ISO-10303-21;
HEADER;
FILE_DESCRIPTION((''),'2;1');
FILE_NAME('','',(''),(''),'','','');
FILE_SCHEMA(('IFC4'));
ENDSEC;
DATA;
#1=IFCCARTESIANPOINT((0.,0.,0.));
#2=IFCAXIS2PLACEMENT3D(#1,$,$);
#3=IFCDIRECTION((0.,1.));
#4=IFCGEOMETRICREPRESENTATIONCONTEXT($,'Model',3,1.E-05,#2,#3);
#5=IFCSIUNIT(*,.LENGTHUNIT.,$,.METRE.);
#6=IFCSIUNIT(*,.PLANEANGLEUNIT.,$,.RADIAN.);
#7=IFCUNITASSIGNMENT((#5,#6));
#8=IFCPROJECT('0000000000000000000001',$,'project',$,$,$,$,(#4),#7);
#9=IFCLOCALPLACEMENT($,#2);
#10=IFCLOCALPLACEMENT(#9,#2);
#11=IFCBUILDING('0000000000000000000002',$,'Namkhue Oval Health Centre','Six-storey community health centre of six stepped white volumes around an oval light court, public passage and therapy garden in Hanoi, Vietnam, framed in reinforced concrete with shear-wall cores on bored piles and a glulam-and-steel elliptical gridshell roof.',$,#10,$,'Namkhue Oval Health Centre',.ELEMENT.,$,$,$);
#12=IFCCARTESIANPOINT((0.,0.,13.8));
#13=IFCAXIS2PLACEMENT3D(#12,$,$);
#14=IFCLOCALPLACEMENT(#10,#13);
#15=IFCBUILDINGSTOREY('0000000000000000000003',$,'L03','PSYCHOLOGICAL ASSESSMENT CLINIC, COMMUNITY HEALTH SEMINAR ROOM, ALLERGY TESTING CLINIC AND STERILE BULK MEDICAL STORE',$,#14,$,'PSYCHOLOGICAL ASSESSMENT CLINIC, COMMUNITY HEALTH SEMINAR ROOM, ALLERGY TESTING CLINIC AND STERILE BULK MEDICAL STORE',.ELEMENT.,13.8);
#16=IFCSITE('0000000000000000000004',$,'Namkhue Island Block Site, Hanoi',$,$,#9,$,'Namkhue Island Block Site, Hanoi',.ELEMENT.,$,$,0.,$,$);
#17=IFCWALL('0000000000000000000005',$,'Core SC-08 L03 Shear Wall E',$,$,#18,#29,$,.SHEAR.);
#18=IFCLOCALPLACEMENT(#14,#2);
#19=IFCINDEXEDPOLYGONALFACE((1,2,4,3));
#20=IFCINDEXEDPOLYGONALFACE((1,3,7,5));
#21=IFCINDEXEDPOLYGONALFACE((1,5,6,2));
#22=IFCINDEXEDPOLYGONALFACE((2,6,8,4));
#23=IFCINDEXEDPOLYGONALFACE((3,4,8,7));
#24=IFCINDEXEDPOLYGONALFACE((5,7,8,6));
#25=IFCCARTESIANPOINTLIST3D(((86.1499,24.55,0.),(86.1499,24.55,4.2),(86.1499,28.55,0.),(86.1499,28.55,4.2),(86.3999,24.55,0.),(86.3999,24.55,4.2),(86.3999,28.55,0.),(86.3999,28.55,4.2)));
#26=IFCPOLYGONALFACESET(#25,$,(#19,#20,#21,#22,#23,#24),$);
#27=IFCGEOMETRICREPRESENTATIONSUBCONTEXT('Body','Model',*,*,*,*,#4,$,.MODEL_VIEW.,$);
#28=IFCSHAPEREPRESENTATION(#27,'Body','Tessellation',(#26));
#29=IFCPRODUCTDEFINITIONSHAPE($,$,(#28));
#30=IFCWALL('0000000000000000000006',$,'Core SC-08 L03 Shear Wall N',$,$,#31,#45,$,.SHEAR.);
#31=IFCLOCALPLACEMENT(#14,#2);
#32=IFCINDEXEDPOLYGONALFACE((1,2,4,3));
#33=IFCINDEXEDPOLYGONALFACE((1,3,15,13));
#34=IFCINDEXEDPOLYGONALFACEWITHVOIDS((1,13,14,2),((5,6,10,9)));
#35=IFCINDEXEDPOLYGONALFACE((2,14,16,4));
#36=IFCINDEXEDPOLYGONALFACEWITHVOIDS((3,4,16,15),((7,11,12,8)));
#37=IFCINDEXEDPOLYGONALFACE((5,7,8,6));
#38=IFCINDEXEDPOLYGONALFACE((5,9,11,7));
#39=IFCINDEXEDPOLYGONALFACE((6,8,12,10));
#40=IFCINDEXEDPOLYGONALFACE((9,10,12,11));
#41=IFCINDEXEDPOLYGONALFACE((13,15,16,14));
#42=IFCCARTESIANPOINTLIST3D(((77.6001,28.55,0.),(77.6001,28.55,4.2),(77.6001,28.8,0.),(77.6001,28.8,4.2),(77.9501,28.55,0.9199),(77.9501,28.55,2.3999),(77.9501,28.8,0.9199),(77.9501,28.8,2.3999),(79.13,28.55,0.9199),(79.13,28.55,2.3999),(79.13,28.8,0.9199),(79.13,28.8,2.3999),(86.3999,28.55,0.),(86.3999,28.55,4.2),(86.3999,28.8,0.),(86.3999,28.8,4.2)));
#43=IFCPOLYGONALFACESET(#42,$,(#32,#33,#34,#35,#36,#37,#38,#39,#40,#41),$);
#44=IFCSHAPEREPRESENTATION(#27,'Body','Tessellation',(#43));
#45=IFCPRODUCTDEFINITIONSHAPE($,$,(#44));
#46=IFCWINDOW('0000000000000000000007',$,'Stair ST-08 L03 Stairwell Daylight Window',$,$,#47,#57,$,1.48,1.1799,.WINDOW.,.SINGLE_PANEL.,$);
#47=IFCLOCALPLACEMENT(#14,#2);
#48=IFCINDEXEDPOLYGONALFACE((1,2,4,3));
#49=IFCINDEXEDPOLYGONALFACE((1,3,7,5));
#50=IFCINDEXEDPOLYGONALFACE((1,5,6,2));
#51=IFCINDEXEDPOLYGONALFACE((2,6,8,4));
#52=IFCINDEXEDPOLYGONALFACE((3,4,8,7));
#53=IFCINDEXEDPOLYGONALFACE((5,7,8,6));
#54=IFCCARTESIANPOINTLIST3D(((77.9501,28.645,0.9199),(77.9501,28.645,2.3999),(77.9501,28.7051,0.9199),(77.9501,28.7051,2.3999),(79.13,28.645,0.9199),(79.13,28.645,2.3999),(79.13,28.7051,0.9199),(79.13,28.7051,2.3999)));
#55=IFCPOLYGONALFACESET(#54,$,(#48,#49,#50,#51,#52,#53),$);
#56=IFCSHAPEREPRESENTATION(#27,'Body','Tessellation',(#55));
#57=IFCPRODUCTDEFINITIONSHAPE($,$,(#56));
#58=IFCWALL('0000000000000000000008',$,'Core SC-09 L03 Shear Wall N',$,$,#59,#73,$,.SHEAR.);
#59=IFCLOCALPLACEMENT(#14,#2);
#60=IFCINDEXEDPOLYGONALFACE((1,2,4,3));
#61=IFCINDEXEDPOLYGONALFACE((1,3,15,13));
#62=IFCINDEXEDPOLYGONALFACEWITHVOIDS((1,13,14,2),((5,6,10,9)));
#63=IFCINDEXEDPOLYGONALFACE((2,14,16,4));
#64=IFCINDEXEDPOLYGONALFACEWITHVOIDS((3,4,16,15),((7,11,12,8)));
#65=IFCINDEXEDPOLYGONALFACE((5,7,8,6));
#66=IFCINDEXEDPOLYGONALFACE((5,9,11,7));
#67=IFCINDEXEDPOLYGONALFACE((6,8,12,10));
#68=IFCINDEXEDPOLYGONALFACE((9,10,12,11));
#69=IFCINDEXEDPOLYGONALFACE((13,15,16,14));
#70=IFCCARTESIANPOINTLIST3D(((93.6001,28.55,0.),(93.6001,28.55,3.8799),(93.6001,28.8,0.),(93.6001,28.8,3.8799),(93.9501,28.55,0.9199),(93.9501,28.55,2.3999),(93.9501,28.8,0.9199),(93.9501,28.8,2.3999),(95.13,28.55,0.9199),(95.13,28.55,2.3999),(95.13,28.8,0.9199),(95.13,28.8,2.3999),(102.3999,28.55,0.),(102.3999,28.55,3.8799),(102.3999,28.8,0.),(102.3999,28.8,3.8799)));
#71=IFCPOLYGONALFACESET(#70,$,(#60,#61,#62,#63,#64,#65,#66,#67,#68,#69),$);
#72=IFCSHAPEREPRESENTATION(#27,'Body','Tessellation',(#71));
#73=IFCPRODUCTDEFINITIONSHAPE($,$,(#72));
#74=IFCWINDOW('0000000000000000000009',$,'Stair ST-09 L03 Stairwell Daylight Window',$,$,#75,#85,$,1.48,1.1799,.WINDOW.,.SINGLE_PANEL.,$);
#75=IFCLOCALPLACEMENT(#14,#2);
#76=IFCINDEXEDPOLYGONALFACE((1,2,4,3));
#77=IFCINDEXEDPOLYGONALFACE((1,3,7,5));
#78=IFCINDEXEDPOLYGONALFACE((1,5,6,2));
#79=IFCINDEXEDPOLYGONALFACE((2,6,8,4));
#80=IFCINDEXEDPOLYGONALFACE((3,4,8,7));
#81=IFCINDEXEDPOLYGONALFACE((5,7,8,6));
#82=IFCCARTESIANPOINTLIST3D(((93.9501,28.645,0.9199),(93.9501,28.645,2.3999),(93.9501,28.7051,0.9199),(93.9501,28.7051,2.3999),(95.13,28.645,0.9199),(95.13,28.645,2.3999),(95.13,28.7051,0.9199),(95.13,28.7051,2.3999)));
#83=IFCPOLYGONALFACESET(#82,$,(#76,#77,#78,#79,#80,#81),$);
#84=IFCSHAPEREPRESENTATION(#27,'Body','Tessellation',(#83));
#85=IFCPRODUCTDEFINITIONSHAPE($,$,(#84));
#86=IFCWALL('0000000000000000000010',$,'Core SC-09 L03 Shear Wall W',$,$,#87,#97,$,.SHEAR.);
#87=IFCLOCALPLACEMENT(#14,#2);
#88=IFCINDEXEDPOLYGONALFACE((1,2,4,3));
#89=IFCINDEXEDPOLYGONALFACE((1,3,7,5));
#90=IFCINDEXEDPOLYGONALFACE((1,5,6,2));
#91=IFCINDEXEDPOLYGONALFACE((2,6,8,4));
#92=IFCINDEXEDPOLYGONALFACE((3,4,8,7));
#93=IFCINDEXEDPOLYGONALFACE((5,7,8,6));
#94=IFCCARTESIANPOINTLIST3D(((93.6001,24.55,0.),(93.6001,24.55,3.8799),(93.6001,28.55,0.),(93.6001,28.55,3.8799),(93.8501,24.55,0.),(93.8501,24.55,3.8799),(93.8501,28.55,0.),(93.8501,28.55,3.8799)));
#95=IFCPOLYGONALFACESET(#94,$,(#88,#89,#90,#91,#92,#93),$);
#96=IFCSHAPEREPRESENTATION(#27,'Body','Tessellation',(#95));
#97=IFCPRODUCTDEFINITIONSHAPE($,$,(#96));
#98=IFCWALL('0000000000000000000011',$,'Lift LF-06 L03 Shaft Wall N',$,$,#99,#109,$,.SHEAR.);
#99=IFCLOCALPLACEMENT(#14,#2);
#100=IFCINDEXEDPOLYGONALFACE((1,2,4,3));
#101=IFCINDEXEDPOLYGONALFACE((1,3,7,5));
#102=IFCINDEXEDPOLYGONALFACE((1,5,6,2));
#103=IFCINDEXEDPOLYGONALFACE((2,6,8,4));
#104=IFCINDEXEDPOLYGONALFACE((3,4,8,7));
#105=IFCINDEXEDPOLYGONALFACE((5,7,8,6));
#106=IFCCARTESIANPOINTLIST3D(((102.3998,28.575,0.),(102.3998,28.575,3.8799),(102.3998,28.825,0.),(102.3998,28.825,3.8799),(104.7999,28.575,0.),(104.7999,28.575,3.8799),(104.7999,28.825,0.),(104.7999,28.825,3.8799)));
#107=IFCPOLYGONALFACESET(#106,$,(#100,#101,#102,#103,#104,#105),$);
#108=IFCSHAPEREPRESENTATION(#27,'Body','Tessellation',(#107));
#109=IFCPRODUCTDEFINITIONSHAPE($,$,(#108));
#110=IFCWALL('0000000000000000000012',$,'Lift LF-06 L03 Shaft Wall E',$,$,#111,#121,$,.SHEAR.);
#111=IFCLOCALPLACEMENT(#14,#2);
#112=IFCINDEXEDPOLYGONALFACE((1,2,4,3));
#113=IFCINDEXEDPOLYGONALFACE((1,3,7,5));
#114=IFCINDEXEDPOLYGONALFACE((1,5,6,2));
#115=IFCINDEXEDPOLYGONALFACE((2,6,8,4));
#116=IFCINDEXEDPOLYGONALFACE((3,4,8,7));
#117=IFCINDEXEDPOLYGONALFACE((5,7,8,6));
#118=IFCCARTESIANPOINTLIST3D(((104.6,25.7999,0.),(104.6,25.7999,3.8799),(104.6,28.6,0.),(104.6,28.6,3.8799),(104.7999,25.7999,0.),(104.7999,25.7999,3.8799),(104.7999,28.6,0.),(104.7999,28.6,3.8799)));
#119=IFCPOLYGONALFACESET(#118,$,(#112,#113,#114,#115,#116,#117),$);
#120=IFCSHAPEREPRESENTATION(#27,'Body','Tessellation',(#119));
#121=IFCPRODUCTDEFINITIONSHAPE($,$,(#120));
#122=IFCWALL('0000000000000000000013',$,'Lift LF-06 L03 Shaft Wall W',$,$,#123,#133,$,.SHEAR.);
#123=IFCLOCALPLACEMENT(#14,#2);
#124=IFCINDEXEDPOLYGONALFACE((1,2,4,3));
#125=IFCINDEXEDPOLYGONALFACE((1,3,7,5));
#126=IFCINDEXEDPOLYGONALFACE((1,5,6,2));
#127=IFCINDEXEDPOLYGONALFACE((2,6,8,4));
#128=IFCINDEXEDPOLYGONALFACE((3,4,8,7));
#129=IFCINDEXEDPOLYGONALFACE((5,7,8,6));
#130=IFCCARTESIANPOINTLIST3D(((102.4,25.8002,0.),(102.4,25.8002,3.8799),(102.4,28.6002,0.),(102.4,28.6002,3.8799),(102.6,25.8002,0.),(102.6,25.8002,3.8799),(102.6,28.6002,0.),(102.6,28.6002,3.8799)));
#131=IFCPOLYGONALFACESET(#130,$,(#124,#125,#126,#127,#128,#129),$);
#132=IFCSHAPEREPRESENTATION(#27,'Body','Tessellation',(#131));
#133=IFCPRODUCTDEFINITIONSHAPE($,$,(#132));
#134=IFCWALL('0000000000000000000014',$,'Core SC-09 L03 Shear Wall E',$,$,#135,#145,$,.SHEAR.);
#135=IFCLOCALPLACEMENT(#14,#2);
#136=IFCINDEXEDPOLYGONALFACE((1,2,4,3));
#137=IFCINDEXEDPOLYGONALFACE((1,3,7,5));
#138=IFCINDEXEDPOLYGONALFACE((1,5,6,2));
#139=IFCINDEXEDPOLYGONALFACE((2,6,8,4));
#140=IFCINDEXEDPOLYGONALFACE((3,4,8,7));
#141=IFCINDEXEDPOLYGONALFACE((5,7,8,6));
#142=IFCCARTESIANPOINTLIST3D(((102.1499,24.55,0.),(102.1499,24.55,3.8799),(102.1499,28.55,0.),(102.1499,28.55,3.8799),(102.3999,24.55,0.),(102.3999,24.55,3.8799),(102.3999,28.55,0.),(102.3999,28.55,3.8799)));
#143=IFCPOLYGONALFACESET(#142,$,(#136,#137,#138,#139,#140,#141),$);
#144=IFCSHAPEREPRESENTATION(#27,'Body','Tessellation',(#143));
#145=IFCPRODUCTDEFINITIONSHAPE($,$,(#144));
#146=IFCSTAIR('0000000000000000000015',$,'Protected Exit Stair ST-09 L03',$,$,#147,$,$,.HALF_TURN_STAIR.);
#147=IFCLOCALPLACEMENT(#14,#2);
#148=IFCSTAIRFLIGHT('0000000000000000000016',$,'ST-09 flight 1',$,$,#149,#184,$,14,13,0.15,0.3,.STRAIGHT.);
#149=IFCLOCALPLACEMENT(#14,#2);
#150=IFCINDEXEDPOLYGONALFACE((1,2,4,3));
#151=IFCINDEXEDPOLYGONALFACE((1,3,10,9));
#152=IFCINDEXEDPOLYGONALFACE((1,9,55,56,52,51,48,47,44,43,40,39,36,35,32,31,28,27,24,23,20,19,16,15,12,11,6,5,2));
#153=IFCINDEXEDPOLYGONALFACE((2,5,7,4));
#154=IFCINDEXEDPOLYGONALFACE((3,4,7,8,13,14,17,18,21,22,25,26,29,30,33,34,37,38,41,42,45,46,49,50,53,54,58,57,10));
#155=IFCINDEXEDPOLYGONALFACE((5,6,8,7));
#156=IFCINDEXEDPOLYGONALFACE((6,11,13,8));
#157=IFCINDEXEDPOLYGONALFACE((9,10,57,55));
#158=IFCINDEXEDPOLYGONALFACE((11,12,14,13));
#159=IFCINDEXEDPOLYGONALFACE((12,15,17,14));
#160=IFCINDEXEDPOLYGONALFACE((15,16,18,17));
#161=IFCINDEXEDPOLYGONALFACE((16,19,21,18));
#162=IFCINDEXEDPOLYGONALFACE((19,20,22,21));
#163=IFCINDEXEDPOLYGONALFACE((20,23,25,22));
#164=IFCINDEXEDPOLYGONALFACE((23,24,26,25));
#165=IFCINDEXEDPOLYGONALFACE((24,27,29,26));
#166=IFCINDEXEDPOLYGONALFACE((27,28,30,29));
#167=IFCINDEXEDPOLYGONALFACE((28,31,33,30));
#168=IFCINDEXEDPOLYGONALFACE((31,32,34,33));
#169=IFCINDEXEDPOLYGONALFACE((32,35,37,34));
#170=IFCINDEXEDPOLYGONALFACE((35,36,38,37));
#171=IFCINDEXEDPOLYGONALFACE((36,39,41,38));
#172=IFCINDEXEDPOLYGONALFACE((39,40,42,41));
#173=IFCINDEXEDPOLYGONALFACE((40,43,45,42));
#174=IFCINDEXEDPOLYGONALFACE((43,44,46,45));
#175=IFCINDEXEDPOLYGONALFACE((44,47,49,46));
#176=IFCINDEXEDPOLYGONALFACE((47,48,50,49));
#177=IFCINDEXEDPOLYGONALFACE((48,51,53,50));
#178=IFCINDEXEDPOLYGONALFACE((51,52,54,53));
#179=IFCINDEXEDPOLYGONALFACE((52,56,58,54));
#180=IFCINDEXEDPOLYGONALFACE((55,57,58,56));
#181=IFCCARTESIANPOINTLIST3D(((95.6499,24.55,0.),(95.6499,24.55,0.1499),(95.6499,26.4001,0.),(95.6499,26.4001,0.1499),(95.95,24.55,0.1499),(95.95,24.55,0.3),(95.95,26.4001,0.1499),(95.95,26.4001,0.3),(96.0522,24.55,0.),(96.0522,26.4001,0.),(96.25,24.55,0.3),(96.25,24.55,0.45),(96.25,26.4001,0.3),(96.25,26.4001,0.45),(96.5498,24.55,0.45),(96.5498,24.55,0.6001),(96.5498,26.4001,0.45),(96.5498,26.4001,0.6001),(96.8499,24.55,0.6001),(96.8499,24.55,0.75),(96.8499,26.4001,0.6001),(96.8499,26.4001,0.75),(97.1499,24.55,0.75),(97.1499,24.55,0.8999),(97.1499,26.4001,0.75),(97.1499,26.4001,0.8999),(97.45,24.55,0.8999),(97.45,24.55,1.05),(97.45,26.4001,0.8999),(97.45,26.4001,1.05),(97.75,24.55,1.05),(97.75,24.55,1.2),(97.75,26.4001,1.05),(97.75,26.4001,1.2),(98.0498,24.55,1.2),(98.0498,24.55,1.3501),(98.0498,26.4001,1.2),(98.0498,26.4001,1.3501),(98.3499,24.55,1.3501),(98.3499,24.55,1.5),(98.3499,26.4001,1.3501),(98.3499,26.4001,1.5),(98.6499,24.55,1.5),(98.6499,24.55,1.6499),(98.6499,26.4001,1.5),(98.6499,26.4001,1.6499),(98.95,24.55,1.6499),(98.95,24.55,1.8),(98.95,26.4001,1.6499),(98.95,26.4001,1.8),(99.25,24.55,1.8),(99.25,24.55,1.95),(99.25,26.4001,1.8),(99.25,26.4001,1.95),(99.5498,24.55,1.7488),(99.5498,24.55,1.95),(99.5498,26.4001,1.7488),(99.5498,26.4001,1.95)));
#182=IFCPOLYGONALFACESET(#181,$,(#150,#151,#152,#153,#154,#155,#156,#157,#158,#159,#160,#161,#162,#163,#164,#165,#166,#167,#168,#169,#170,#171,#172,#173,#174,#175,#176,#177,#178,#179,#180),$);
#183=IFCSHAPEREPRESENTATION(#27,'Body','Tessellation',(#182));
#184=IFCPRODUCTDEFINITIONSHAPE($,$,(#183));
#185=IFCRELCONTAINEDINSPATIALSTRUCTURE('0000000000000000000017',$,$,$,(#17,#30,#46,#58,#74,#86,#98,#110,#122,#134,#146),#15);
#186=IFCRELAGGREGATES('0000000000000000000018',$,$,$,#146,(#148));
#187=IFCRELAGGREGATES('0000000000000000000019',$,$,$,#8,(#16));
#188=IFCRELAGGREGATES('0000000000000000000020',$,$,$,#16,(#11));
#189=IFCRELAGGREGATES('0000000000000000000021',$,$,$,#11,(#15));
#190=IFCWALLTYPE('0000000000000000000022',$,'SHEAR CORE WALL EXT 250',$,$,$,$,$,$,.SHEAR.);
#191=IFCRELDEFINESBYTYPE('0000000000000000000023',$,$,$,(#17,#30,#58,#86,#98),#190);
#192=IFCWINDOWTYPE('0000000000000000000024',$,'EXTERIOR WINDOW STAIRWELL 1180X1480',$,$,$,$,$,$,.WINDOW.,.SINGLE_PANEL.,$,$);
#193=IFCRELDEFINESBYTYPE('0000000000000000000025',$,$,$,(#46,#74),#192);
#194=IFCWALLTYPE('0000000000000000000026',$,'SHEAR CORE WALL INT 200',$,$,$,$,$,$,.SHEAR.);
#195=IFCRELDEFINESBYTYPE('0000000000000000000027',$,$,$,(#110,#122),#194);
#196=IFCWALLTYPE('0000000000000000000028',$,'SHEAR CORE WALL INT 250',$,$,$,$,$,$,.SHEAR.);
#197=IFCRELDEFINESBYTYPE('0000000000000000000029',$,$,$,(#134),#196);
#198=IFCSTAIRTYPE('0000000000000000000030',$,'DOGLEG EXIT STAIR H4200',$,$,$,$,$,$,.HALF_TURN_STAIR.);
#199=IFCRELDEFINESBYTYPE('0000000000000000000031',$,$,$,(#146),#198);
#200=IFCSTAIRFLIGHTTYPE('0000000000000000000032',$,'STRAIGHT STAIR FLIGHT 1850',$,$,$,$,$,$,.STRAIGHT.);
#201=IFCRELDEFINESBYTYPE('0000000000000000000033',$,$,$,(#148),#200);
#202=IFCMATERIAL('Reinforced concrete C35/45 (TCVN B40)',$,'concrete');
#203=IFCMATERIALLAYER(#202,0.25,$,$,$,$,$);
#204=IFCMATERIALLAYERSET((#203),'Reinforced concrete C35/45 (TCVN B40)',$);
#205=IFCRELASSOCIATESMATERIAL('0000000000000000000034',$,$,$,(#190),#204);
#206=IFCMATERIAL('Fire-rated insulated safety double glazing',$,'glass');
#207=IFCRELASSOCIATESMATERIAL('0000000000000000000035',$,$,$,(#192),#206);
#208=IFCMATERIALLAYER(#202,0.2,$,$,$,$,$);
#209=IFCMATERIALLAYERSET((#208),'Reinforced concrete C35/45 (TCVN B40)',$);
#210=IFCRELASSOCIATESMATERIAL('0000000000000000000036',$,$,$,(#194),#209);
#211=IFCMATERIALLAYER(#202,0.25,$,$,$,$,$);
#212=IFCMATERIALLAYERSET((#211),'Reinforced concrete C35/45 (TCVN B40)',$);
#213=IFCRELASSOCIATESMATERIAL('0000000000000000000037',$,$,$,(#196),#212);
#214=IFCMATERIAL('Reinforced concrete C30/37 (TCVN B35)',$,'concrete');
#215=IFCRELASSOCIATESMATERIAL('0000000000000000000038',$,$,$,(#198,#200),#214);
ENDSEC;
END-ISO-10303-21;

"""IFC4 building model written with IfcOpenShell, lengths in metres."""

from ifc_helpers import new_model, si_unit, direction, frame, frame_2d, origin, place, context, subcontext, project, spatial, polyline, rectangle, outline, extrude, material, layer, layer_set, type_object, element, fill, aggregate, save


model = new_model("IFC4")

# Units and contexts
model_context = context("Model", 3, precision=1e-05, world=origin(), true_north=direction((0.0, 1.0)))
body_context = subcontext(model_context, "Body", "Model", "MODEL_VIEW")
ifc_project = project(units=[si_unit("LENGTHUNIT", "METRE"), si_unit("PLANEANGLEUNIT", "RADIAN")], contexts=[model_context])

# Site, building, storey
site_placement = place(None, origin())
site = spatial("IfcSite", under=ifc_project, at=site_placement, Name="Namkhue Island Block Site, Hanoi", LongName="Namkhue Island Block Site, Hanoi", CompositionType="ELEMENT", RefElevation=0.0)
building_placement = place(site_placement, origin())
building = spatial("IfcBuilding", under=site, at=building_placement, Name="Namkhue Oval Health Centre", Description="Six-storey community health centre of six stepped white volumes around an oval light court, public passage and therapy garden in Hanoi, Vietnam, framed in reinforced concrete with shear-wall cores on bored piles and a glulam-and-steel elliptical gridshell roof.", LongName="Namkhue Oval Health Centre", CompositionType="ELEMENT")
storey_placement = place(building_placement, frame((0.0, 0.0, 13.8)))
storey = spatial("IfcBuildingStorey", under=building, at=storey_placement, Name="L03", Description="PSYCHOLOGICAL ASSESSMENT CLINIC, COMMUNITY HEALTH SEMINAR ROOM, ALLERGY TESTING CLINIC AND STERILE BULK MEDICAL STORE", LongName="PSYCHOLOGICAL ASSESSMENT CLINIC, COMMUNITY HEALTH SEMINAR ROOM, ALLERGY TESTING CLINIC AND STERILE BULK MEDICAL STORE", CompositionType="ELEMENT", Elevation=13.8)

# Wall
ifc_material_1 = material(Name="Reinforced concrete C35/45 (TCVN B40)", Category="concrete")
ifc_layer_1 = layer(ifc_material_1, 0.25)
ifc_layer_set_1 = layer_set([ifc_layer_1], Name="Reinforced concrete C35/45 (TCVN B40)")
wall_type_1 = type_object("IfcWallType", Name="SHEAR CORE WALL EXT 250", PredefinedType="SHEAR", material=ifc_layer_set_1)
wall_1_placement = place(storey_placement, frame((86.2749, 24.55, 0.0), z_axis=(0.0, 0.0, 1.0), x_axis=(0.0, 1.0, 0.0)))
element("IfcWall", 1, at=wall_1_placement, inside=storey, type_object=wall_type_1, Name="Core SC-08 L03 Shear Wall E", PredefinedType="SHEAR", context=body_context, shape_type="SweptSolid", body=[
    extrude(rectangle(XDim=4.0, YDim=0.25, at=frame_2d((2.0, 0.0))), origin(), (0.0, 0.0, 1.0), 4.2),
])

# Walls, openings, windows
wall_2_placement = place(storey_placement, frame((86.3999, 28.675, 0.0), z_axis=(0.0, 0.0, 1.0), x_axis=(-1.0, 0.0, 0.0)))
wall_2 = element("IfcWall", 2, at=wall_2_placement, inside=storey, type_object=wall_type_1, Name="Core SC-08 L03 Shear Wall N", PredefinedType="SHEAR", context=body_context, shape_type="SweptSolid", body=[
    extrude(rectangle(XDim=8.7998, YDim=0.25, at=frame_2d((4.3999, 0.0))), origin(), (0.0, 0.0, 1.0), 4.2),
])
opening_1_placement = place(wall_2_placement, frame((7.27, 0.0, 0.9199)))
opening_1 = element("IfcOpeningElement", 3, at=opening_1_placement, cuts=wall_2, PredefinedType="OPENING", context=body_context, shape_type="SweptSolid", body=[
    extrude(rectangle(XDim=1.1799, YDim=1.48, at=frame_2d((0.5898, 0.74))), frame((0.0, 0.135, 0.0), z_axis=(0.0, -1.0, 0.0), x_axis=(1.0, 0.0, 0.0)), (0.0, 0.0, 1.0), 0.27),
])
ifc_material_2 = material(Name="Fire-rated insulated safety double glazing", Category="glass")
window_type = type_object("IfcWindowType", Name="EXTERIOR WINDOW STAIRWELL 1180X1480", PartitioningType="SINGLE_PANEL", PredefinedType="WINDOW", material=ifc_material_2)
window_1_placement = place(opening_1_placement, origin())
window_1 = element("IfcWindow", 4, at=window_1_placement, inside=storey, type_object=window_type, Name="Stair ST-08 L03 Stairwell Daylight Window", OverallHeight=1.48, OverallWidth=1.1799, PartitioningType="SINGLE_PANEL", PredefinedType="WINDOW", context=body_context, shape_type="SweptSolid", body=[
    extrude(rectangle(XDim=1.1799, YDim=1.48, at=frame_2d((0.5898, 0.74))), frame((0.0, 0.03, 0.0), z_axis=(0.0, -1.0, 0.0), x_axis=(1.0, 0.0, 0.0)), (0.0, 0.0, 1.0), 0.0601),
])
fill(opening_1, window_1)
wall_3_placement = place(storey_placement, frame((102.3999, 28.675, 0.0), z_axis=(0.0, 0.0, 1.0), x_axis=(-1.0, 0.0, 0.0)))
wall_3 = element("IfcWall", 5, at=wall_3_placement, inside=storey, type_object=wall_type_1, Name="Core SC-09 L03 Shear Wall N", PredefinedType="SHEAR", context=body_context, shape_type="SweptSolid", body=[
    extrude(rectangle(XDim=8.7998, YDim=0.25, at=frame_2d((4.3999, 0.0))), origin(), (0.0, 0.0, 1.0), 3.8799),
])
opening_2_placement = place(wall_3_placement, frame((7.27, 0.0, 0.9199)))
opening_2 = element("IfcOpeningElement", 6, at=opening_2_placement, cuts=wall_3, PredefinedType="OPENING", context=body_context, shape_type="SweptSolid", body=[
    extrude(rectangle(XDim=1.1799, YDim=1.48, at=frame_2d((0.5898, 0.74))), frame((0.0, 0.135, 0.0), z_axis=(0.0, -1.0, 0.0), x_axis=(1.0, 0.0, 0.0)), (0.0, 0.0, 1.0), 0.27),
])
window_2_placement = place(opening_2_placement, origin())
window_2 = element("IfcWindow", 7, at=window_2_placement, inside=storey, type_object=window_type, Name="Stair ST-09 L03 Stairwell Daylight Window", OverallHeight=1.48, OverallWidth=1.1799, PartitioningType="SINGLE_PANEL", PredefinedType="WINDOW", context=body_context, shape_type="SweptSolid", body=[
    extrude(rectangle(XDim=1.1799, YDim=1.48, at=frame_2d((0.5898, 0.74))), frame((0.0, 0.03, 0.0), z_axis=(0.0, -1.0, 0.0), x_axis=(1.0, 0.0, 0.0)), (0.0, 0.0, 1.0), 0.0601),
])
fill(opening_2, window_2)

# Walls
wall_4_placement = place(storey_placement, frame((93.7251, 28.55, 0.0), z_axis=(0.0, 0.0, 1.0), x_axis=(0.0, -1.0, 0.0)))
element("IfcWall", 8, at=wall_4_placement, inside=storey, type_object=wall_type_1, Name="Core SC-09 L03 Shear Wall W", PredefinedType="SHEAR", context=body_context, shape_type="SweptSolid", body=[
    extrude(rectangle(XDim=4.0, YDim=0.25, at=frame_2d((2.0, 0.0))), origin(), (0.0, 0.0, 1.0), 3.8799),
])
wall_5_placement = place(storey_placement, frame((104.8, 28.7, 0.0), z_axis=(0.0, 0.0, 1.0), x_axis=(-1.0, 0.0, 0.0)))
element("IfcWall", 9, at=wall_5_placement, inside=storey, type_object=wall_type_1, Name="Lift LF-06 L03 Shaft Wall N", PredefinedType="SHEAR", context=body_context, shape_type="SweptSolid", body=[
    extrude(rectangle(XDim=2.4001, YDim=0.25, at=frame_2d((1.2002, 0.0))), origin(), (0.0, 0.0, 1.0), 3.8799),
])

# Shared definitions
ifc_layer_2 = layer(ifc_material_1, 0.2)
ifc_layer_set_2 = layer_set([ifc_layer_2], Name="Reinforced concrete C35/45 (TCVN B40)")
wall_type_2 = type_object("IfcWallType", Name="SHEAR CORE WALL INT 200", PredefinedType="SHEAR", material=ifc_layer_set_2)

# Walls
for number, where, z_axis, x_axis, name in (
    (10, (104.7, 25.8, 0.0), (0.0, 0.0, 1.0), (0.0, 1.0, 0.0), "Lift LF-06 L03 Shaft Wall E"),
    (11, (102.5, 28.6001, 0.0), (0.0, 0.0, 1.0), (0.0, -1.0, 0.0), "Lift LF-06 L03 Shaft Wall W"),
):
    element("IfcWall", number, at=place(storey_placement, frame(where, z_axis=z_axis, x_axis=x_axis)), inside=storey, type_object=wall_type_2, Name=name, PredefinedType="SHEAR", context=body_context, shape_type="SweptSolid", body=[
        extrude(rectangle(XDim=2.8, YDim=0.2, at=frame_2d((1.3999, 0.0))), origin(), (0.0, 0.0, 1.0), 3.8799),
    ])
ifc_layer_3 = layer(ifc_material_1, 0.25)
ifc_layer_set_3 = layer_set([ifc_layer_3], Name="Reinforced concrete C35/45 (TCVN B40)")
wall_type_3 = type_object("IfcWallType", Name="SHEAR CORE WALL INT 250", PredefinedType="SHEAR", material=ifc_layer_set_3)
wall_6_placement = place(storey_placement, frame((102.2749, 24.55, 0.0), z_axis=(0.0, 0.0, 1.0), x_axis=(0.0, 1.0, 0.0)))
element("IfcWall", 12, at=wall_6_placement, inside=storey, type_object=wall_type_3, Name="Core SC-09 L03 Shear Wall E", PredefinedType="SHEAR", context=body_context, shape_type="SweptSolid", body=[
    extrude(rectangle(XDim=4.0, YDim=0.25, at=frame_2d((2.0, 0.0))), origin(), (0.0, 0.0, 1.0), 3.8799),
])

# Stair, stair flight
ifc_material_3 = material(Name="Reinforced concrete C30/37 (TCVN B35)", Category="concrete")
stair_type = type_object("IfcStairType", Name="DOGLEG EXIT STAIR H4200", PredefinedType="HALF_TURN_STAIR", material=ifc_material_3)
stair_placement = place(storey_placement, origin())
stair = element("IfcStair", 13, at=stair_placement, inside=storey, type_object=stair_type, Name="Protected Exit Stair ST-09 L03", PredefinedType="HALF_TURN_STAIR")
stair_flight_type = type_object("IfcStairFlightType", Name="STRAIGHT STAIR FLIGHT 1850", PredefinedType="STRAIGHT", material=ifc_material_3)
stair_flight_1_placement = place(storey_placement, frame((95.6499, 25.4751, 0.0), z_axis=(0.0, 0.0, 1.0), x_axis=(1.0, 0.0, 0.0)))
stair_flight_1 = element("IfcStairFlight", 14, at=stair_flight_1_placement, type_object=stair_flight_type, Name="ST-09 flight 1", NumberOfRisers=14, NumberOfTreads=13, PredefinedType="STRAIGHT", RiserHeight=0.15, TreadLength=0.3, context=body_context, shape_type="SweptSolid", body=[
    extrude(outline(polyline([(0.0, 0.0), (0.0, 0.1499), (0.3, 0.1499), (0.3, 0.3), (0.6001, 0.3), (0.6001, 0.45), (0.8999, 0.45), (0.8999, 0.6001), (1.2, 0.6001), (1.2, 0.75), (1.5, 0.75), (1.5, 0.8999), (1.8, 0.8999), (1.8, 1.05), (2.1001, 1.05), (2.1001, 1.2), (2.3999, 1.2), (2.3999, 1.3501), (2.7, 1.3501), (2.7, 1.5), (3.0, 1.5), (3.0, 1.6499), (3.3, 1.6499), (3.3, 1.8), (3.6001, 1.8), (3.6001, 1.95), (3.8999, 1.95), (3.8999, 2.1001), (3.8999, 1.7488), (0.4023, 0.0), (0.0, 0.0)])), frame((0.0, 0.925, 0.0), z_axis=(0.0, -1.0, 0.0), x_axis=(1.0, 0.0, 0.0)), (0.0, 0.0, 1.0), 1.8501),
])
aggregate(stair, [stair_flight_1])

save(model, "model.ifc")
